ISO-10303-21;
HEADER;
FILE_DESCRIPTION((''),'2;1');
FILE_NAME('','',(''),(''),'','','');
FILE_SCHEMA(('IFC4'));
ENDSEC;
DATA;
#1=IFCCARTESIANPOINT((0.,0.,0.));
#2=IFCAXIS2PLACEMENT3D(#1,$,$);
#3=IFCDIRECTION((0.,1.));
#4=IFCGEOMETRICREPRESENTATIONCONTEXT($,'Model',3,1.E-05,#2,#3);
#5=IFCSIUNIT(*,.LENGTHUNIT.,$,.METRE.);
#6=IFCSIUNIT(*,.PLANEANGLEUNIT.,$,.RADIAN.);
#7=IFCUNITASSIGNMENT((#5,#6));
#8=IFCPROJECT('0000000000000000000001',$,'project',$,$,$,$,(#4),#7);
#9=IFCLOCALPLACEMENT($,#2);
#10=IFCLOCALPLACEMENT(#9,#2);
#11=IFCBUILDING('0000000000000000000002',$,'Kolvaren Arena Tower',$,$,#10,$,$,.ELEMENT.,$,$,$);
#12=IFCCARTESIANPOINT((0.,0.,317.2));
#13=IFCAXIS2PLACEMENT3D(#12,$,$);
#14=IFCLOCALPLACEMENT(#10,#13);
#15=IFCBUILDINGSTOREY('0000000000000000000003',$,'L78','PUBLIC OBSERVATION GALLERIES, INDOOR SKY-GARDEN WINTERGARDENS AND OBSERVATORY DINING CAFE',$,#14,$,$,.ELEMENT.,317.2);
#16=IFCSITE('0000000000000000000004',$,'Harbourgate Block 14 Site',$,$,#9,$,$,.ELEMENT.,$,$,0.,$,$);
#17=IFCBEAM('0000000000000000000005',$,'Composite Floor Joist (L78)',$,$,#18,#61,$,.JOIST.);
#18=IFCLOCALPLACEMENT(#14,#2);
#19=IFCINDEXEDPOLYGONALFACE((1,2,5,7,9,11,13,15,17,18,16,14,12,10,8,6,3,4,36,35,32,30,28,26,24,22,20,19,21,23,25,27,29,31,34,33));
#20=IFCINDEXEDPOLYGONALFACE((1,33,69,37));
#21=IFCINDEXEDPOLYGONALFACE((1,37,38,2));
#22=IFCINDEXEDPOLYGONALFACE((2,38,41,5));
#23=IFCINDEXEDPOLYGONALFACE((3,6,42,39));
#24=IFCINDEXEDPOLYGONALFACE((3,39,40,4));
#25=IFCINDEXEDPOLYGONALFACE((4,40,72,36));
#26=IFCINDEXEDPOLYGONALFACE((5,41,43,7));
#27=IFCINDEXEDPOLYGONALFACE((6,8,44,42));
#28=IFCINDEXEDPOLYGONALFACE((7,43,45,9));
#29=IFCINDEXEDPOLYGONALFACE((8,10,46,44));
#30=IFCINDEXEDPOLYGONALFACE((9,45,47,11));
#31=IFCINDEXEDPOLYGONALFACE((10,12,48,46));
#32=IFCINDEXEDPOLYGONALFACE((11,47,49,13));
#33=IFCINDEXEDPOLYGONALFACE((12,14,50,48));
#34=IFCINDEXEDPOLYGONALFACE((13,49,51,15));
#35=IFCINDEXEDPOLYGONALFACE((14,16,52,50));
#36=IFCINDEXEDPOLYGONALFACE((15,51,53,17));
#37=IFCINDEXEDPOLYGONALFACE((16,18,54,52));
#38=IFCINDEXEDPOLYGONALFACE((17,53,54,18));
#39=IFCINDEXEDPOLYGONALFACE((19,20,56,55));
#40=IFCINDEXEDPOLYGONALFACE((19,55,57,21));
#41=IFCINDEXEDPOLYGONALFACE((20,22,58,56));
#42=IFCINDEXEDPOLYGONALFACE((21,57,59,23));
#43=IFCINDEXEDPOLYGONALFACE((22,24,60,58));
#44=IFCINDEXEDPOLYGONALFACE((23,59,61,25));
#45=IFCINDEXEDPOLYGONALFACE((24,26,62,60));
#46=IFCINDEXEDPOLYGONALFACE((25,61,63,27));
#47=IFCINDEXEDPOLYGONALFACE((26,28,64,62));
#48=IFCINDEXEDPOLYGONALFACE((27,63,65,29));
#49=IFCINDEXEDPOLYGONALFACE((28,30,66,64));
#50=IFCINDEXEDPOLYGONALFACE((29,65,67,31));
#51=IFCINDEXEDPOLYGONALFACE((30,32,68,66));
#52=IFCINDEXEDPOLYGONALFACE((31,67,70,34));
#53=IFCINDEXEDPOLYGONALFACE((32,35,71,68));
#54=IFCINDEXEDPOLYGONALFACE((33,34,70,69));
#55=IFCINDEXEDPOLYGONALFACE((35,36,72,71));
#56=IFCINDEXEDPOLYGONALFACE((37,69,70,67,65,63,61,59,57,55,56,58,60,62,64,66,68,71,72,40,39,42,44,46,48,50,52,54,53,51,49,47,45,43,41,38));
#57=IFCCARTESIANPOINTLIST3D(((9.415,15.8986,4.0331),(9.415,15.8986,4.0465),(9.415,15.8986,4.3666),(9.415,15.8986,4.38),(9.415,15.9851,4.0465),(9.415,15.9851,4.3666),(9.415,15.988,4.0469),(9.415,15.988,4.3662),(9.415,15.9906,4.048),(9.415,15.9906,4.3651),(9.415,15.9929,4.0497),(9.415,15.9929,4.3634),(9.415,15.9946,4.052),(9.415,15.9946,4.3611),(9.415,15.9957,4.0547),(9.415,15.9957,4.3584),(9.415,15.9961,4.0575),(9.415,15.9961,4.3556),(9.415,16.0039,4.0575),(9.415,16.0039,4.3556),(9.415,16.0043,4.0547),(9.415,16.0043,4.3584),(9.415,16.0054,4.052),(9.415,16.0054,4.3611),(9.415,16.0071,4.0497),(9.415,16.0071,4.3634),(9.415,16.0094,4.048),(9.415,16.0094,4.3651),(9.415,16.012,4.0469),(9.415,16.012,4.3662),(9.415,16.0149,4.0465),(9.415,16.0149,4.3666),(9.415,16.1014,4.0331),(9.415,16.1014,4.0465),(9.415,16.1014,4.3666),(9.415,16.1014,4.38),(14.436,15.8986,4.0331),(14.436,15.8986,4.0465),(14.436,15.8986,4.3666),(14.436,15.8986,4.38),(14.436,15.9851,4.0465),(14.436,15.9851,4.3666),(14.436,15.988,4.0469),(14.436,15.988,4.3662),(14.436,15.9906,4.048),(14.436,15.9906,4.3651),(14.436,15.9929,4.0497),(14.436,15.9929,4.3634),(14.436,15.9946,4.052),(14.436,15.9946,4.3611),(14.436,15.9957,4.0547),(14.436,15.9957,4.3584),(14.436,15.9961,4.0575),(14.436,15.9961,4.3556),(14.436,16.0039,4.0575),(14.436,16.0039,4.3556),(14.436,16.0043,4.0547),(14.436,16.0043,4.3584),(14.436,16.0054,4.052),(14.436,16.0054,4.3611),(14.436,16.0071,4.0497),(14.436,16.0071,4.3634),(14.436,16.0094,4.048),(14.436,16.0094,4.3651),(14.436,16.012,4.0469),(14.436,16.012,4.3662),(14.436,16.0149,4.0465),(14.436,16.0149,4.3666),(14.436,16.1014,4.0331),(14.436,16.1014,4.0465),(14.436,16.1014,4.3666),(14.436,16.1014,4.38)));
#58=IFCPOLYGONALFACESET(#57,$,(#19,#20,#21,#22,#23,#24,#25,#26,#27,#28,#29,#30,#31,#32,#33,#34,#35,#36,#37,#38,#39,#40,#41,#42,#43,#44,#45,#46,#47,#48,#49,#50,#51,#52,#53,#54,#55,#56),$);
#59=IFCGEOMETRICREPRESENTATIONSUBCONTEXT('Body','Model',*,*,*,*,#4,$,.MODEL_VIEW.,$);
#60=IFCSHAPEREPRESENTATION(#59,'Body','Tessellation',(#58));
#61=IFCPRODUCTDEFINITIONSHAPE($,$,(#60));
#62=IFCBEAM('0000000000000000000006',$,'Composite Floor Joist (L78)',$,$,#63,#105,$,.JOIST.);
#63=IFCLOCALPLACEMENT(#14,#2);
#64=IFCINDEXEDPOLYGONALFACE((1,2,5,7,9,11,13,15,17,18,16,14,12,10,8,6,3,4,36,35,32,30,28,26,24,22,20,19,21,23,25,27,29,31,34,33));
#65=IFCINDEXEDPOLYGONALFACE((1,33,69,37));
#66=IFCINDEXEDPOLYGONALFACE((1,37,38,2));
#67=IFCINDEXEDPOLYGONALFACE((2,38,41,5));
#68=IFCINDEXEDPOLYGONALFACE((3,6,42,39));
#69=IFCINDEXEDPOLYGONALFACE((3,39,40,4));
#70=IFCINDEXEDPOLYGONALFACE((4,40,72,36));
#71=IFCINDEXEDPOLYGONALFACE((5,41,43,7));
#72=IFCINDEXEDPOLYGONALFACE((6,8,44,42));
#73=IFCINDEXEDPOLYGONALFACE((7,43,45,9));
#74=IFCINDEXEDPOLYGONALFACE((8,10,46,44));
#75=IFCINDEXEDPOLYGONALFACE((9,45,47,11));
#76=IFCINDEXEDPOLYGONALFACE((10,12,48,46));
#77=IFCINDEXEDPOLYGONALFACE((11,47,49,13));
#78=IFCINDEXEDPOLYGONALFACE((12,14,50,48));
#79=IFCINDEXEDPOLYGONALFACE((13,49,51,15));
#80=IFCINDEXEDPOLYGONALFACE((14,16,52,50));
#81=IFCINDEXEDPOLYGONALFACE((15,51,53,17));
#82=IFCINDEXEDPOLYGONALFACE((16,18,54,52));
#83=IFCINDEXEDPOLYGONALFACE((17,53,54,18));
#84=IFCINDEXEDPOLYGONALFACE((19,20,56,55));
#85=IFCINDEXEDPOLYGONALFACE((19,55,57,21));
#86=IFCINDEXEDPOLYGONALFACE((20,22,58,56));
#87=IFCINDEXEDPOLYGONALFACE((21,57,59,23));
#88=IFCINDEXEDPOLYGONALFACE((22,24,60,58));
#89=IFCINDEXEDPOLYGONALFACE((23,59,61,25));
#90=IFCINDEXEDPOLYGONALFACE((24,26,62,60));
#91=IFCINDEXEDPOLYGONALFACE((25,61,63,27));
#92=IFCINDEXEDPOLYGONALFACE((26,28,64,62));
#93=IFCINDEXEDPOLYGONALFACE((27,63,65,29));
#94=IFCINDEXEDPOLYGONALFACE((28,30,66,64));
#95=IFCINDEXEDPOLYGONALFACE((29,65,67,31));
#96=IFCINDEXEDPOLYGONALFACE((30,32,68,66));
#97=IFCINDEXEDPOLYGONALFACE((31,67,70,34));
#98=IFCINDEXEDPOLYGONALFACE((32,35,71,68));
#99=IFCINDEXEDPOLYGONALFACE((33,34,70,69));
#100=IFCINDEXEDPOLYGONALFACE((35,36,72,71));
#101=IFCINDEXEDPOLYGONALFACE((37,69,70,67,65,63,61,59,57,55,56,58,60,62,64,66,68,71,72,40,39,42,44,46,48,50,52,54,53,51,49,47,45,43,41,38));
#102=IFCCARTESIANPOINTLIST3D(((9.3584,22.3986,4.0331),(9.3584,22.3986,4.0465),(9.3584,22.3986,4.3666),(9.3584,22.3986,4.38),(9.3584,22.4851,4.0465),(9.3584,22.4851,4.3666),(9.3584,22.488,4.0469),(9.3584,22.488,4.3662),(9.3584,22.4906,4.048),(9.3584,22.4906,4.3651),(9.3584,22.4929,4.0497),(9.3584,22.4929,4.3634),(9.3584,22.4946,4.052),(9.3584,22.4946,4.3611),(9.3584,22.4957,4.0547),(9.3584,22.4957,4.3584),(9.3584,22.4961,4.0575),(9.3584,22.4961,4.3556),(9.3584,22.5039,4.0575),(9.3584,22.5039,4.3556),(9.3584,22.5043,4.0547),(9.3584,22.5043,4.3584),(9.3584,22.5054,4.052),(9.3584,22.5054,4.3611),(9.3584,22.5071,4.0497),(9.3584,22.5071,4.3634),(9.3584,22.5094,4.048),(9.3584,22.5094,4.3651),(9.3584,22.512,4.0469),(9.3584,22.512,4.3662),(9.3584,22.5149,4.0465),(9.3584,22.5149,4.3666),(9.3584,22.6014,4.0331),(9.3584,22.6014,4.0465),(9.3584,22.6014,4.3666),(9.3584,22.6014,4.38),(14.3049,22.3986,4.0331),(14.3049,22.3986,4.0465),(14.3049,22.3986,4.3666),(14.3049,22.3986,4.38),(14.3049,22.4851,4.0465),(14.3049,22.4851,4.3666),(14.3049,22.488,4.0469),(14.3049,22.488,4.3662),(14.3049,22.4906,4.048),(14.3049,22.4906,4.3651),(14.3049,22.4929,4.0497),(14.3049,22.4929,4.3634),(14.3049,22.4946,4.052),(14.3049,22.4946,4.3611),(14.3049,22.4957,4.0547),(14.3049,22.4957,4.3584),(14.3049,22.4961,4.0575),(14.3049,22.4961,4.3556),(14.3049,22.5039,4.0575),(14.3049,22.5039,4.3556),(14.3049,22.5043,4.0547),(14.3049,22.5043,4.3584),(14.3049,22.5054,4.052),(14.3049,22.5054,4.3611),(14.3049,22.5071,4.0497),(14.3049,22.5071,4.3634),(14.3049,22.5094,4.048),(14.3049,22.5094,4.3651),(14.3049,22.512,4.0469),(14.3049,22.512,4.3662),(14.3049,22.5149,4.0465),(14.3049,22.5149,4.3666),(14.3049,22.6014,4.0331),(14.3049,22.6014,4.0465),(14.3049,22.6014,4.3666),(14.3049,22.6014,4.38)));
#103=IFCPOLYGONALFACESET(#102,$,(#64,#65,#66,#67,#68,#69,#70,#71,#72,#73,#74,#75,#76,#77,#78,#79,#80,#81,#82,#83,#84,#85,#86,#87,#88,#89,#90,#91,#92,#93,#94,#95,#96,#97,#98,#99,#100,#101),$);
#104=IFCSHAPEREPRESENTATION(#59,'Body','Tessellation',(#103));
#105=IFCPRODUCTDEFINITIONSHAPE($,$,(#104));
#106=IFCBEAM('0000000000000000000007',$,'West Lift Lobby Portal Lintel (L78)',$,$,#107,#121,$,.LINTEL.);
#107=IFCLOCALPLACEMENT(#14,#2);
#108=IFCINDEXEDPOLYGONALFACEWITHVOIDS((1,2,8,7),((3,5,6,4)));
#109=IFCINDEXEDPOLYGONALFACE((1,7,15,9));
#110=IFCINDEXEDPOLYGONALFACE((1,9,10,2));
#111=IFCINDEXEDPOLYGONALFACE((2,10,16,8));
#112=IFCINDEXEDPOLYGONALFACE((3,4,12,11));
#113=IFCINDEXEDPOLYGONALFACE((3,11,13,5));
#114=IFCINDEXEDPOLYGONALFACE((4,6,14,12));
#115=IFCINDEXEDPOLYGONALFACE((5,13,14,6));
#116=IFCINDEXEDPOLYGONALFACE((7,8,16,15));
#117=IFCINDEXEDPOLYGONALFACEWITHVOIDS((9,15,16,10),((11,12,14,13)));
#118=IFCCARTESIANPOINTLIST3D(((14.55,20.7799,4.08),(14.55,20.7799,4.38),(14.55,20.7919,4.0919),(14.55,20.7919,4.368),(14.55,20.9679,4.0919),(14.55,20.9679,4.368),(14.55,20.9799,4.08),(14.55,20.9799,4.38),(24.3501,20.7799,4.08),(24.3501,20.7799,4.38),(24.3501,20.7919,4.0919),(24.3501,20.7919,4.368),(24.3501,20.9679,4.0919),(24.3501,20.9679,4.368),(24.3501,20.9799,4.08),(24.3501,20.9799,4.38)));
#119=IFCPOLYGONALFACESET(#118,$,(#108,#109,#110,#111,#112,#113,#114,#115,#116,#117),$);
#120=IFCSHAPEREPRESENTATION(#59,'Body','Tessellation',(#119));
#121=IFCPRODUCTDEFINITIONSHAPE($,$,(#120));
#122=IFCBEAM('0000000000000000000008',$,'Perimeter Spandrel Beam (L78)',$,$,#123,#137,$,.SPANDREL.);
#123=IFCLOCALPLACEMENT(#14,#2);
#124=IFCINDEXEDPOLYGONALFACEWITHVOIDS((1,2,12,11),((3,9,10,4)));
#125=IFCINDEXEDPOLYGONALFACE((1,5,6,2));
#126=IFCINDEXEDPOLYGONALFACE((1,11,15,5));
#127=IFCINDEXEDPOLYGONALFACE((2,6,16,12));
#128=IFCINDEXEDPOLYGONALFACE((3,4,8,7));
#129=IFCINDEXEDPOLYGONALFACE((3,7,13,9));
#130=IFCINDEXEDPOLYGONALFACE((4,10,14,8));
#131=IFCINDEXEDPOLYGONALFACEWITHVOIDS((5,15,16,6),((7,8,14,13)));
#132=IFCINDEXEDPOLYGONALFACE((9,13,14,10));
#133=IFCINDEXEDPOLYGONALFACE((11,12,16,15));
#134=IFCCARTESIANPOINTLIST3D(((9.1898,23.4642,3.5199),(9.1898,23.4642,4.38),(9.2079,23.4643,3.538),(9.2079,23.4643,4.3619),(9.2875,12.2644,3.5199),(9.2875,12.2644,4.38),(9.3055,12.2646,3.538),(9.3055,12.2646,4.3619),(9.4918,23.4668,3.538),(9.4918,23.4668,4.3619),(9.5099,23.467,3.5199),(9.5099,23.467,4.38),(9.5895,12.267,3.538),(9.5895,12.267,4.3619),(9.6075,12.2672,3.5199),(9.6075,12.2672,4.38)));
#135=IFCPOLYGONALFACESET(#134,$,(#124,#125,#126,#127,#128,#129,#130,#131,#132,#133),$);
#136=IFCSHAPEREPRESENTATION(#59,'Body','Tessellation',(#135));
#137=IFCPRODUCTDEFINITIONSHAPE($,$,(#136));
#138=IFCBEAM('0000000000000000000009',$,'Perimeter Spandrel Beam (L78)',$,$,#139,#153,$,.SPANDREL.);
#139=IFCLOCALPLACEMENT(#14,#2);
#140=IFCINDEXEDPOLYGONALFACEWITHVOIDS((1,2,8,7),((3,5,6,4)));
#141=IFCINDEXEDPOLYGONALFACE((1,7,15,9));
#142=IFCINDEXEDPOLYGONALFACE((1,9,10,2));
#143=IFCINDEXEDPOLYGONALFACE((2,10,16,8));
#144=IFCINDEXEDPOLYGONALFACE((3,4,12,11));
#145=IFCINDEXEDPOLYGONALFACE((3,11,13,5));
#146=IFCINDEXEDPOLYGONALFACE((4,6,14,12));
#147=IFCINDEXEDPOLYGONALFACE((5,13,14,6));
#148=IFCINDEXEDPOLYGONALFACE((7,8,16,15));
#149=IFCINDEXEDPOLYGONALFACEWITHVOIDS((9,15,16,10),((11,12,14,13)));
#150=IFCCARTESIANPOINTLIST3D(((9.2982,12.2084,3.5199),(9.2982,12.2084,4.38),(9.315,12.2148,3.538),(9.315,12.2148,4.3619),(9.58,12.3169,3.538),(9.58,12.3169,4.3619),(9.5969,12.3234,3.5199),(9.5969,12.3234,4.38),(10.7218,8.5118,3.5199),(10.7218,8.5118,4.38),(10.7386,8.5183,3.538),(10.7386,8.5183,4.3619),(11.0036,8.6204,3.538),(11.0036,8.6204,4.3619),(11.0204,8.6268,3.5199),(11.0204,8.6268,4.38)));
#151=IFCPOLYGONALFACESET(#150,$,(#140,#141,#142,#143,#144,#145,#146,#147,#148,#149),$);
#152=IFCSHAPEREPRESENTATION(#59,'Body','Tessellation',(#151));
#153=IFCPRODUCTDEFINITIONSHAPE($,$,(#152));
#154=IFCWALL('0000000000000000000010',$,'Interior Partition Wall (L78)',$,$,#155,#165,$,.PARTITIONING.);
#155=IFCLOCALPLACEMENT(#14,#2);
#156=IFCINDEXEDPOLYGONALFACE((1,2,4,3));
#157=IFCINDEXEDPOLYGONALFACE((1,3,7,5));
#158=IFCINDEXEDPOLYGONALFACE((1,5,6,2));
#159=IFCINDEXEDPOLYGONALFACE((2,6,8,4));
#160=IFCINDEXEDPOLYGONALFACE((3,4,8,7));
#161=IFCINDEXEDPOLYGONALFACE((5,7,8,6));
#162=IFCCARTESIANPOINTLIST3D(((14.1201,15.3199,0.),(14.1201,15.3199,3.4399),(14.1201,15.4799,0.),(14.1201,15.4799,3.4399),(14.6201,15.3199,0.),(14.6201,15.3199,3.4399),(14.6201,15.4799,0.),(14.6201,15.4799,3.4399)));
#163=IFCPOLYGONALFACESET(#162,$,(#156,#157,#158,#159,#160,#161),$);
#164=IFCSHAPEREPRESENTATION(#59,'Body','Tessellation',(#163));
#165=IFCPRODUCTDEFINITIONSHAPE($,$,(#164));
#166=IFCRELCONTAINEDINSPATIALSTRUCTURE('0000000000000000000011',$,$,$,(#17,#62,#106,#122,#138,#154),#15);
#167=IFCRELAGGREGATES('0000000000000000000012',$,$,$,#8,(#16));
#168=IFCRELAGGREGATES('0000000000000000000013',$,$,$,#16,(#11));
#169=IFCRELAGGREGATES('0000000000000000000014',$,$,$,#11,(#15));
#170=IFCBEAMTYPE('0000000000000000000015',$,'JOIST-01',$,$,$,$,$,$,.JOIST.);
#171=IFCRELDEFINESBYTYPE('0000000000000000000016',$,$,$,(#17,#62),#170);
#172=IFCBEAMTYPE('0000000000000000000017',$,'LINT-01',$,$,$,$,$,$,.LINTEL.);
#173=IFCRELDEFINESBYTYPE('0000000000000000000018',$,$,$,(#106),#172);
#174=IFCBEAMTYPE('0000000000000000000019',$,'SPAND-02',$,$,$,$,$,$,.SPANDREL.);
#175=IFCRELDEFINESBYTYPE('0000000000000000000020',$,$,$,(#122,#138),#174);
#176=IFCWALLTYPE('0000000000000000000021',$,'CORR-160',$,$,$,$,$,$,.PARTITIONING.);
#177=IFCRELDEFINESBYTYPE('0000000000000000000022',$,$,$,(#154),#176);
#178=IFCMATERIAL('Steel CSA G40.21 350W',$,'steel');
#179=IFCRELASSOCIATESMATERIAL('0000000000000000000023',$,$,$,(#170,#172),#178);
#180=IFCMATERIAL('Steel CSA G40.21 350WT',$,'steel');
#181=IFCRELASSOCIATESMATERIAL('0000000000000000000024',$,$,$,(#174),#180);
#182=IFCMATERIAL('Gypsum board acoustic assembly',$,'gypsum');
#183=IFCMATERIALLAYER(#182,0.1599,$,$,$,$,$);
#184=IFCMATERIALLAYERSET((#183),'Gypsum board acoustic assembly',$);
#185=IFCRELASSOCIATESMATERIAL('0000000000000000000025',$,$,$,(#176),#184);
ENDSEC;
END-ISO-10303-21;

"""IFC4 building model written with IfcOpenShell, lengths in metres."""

from ifc_helpers import new_model, si_unit, direction, frame, frame_2d, origin, origin_2d, place, context, subcontext, project, spatial, rectangle, hollow_rectangle, i_section, extrude, material, layer, layer_set, material_profile, profile_set, type_object, element, save


model = new_model("IFC4")

# Units and contexts
model_context = context("Model", 3, precision=1e-05, world=origin(), true_north=direction((0.0, 1.0)))
body_context = subcontext(model_context, "Body", "Model", "MODEL_VIEW")
ifc_project = project(units=[si_unit("LENGTHUNIT", "METRE"), si_unit("PLANEANGLEUNIT", "RADIAN")], contexts=[model_context])

# Site, building, storey
site_placement = place(None, origin())
site = spatial("IfcSite", under=ifc_project, at=site_placement, Name="Harbourgate Block 14 Site", CompositionType="ELEMENT", RefElevation=0.0)
building_placement = place(site_placement, origin())
building = spatial("IfcBuilding", under=site, at=building_placement, Name="Kolvaren Arena Tower", CompositionType="ELEMENT")
storey_placement = place(building_placement, frame((0.0, 0.0, 317.2)))
storey = spatial("IfcBuildingStorey", under=building, at=storey_placement, Name="L78", Description="PUBLIC OBSERVATION GALLERIES, INDOOR SKY-GARDEN WINTERGARDENS AND OBSERVATORY DINING CAFE", CompositionType="ELEMENT", Elevation=317.2)

# Beams
ifc_material_1 = material(Name="Steel CSA G40.21 350W", Category="steel")
ifc_material_profile_1 = material_profile(ifc_material_1, i_section(OverallWidth=0.2029, OverallDepth=0.3469, WebThickness=0.0078, FlangeThickness=0.0134, FilletRadius=0.011, at=origin_2d()), Name="W360x64")
ifc_profile_set_1 = profile_set([ifc_material_profile_1], Name="Steel CSA G40.21 350W")
beam_type_1 = type_object("IfcBeamType", Name="JOIST-01", PredefinedType="JOIST", material=ifc_profile_set_1)
beam_1_placement = place(storey_placement, frame((9.415, 16.0, 4.2065), z_axis=(1.0, 0.0, 0.0), x_axis=(0.0, 1.0, 0.0)))
element("IfcBeam", 1, at=beam_1_placement, inside=storey, type_object=beam_type_1, Name="Composite Floor Joist (L78)", PredefinedType="JOIST", context=body_context, shape_type="SweptSolid", body=[
    extrude(i_section(OverallWidth=0.2029, OverallDepth=0.3469, WebThickness=0.0078, FlangeThickness=0.0134, FilletRadius=0.011, at=origin_2d()), origin(), (0.0, 0.0, 1.0), 5.021),
])
beam_2_placement = place(storey_placement, frame((9.3584, 22.5, 4.2065), z_axis=(1.0, 0.0, 0.0), x_axis=(0.0, 1.0, 0.0)))
element("IfcBeam", 2, at=beam_2_placement, inside=storey, type_object=beam_type_1, Name="Composite Floor Joist (L78)", PredefinedType="JOIST", context=body_context, shape_type="SweptSolid", body=[
    extrude(i_section(OverallWidth=0.2029, OverallDepth=0.3469, WebThickness=0.0078, FlangeThickness=0.0134, FilletRadius=0.011, at=origin_2d()), origin(), (0.0, 0.0, 1.0), 4.9465),
])
ifc_material_profile_2 = material_profile(ifc_material_1, hollow_rectangle(XDim=0.2, YDim=0.3, WallThickness=0.012, at=origin_2d()), Name="HSS 300x200x12")
ifc_profile_set_2 = profile_set([ifc_material_profile_2], Name="Steel CSA G40.21 350W")
beam_type_2 = type_object("IfcBeamType", Name="LINT-01", PredefinedType="LINTEL", material=ifc_profile_set_2)
beam_3_placement = place(storey_placement, frame((14.55, 20.8799, 4.23), z_axis=(1.0, 0.0, 0.0), x_axis=(0.0, 1.0, 0.0)))
element("IfcBeam", 3, at=beam_3_placement, inside=storey, type_object=beam_type_2, Name="West Lift Lobby Portal Lintel (L78)", PredefinedType="LINTEL", context=body_context, shape_type="SweptSolid", body=[
    extrude(hollow_rectangle(XDim=0.2, YDim=0.3, WallThickness=0.012, at=origin_2d()), origin(), (0.0, 0.0, 1.0), 9.8),
])
ifc_material_2 = material(Name="Steel CSA G40.21 350WT", Category="steel")
ifc_material_profile_3 = material_profile(ifc_material_2, hollow_rectangle(XDim=0.3201, YDim=0.8601, WallThickness=0.0181, at=origin_2d()), Name="HSS 860x320x18")
ifc_profile_set_3 = profile_set([ifc_material_profile_3], Name="Steel CSA G40.21 350WT")
beam_type_3 = type_object("IfcBeamType", Name="SPAND-02", PredefinedType="SPANDREL", material=ifc_profile_set_3)
beam_4_placement = place(storey_placement, frame((9.3499, 23.4656, 3.95), z_axis=(0.008719, -0.999962, 0.0), x_axis=(0.999962, 0.008719, 0.0)))
element("IfcBeam", 4, at=beam_4_placement, inside=storey, type_object=beam_type_3, Name="Perimeter Spandrel Beam (L78)", PredefinedType="SPANDREL", context=body_context, shape_type="SweptSolid", body=[
    extrude(hollow_rectangle(XDim=0.3201, YDim=0.8601, WallThickness=0.0181, at=origin_2d()), origin(), (0.0, 0.0, 1.0), 11.2002),
])
beam_5_placement = place(storey_placement, frame((9.4475, 12.2659, 3.95), z_axis=(0.359384, -0.93319, 0.0), x_axis=(0.93319, 0.359384, 0.0)))
element("IfcBeam", 5, at=beam_5_placement, inside=storey, type_object=beam_type_3, Name="Perimeter Spandrel Beam (L78)", PredefinedType="SPANDREL", context=body_context, shape_type="SweptSolid", body=[
    extrude(hollow_rectangle(XDim=0.3201, YDim=0.8601, WallThickness=0.0181, at=origin_2d()), origin(), (0.0, 0.0, 1.0), 3.9612),
])

# Wall
ifc_material_3 = material(Name="Gypsum board acoustic assembly", Category="gypsum")
ifc_layer_1 = layer(ifc_material_3, 0.1599)
ifc_layer_set_1 = layer_set([ifc_layer_1], Name="Gypsum board acoustic assembly")
wall_type_1 = type_object("IfcWallType", Name="CORR-160", PredefinedType="PARTITIONING", material=ifc_layer_set_1)
wall_1_placement = place(storey_placement, frame((14.1201, 15.3999, 0.0), z_axis=(0.0, 0.0, 1.0), x_axis=(1.0, 0.0, 0.0)))
element("IfcWall", 6, at=wall_1_placement, inside=storey, type_object=wall_type_1, Name="Interior Partition Wall (L78)", PredefinedType="PARTITIONING", context=body_context, shape_type="SweptSolid", body=[
    extrude(rectangle(XDim=0.5, YDim=0.1599, at=frame_2d((0.25, 0.0))), origin(), (0.0, 0.0, 1.0), 3.4399),
])

save(model, "model.ifc")
